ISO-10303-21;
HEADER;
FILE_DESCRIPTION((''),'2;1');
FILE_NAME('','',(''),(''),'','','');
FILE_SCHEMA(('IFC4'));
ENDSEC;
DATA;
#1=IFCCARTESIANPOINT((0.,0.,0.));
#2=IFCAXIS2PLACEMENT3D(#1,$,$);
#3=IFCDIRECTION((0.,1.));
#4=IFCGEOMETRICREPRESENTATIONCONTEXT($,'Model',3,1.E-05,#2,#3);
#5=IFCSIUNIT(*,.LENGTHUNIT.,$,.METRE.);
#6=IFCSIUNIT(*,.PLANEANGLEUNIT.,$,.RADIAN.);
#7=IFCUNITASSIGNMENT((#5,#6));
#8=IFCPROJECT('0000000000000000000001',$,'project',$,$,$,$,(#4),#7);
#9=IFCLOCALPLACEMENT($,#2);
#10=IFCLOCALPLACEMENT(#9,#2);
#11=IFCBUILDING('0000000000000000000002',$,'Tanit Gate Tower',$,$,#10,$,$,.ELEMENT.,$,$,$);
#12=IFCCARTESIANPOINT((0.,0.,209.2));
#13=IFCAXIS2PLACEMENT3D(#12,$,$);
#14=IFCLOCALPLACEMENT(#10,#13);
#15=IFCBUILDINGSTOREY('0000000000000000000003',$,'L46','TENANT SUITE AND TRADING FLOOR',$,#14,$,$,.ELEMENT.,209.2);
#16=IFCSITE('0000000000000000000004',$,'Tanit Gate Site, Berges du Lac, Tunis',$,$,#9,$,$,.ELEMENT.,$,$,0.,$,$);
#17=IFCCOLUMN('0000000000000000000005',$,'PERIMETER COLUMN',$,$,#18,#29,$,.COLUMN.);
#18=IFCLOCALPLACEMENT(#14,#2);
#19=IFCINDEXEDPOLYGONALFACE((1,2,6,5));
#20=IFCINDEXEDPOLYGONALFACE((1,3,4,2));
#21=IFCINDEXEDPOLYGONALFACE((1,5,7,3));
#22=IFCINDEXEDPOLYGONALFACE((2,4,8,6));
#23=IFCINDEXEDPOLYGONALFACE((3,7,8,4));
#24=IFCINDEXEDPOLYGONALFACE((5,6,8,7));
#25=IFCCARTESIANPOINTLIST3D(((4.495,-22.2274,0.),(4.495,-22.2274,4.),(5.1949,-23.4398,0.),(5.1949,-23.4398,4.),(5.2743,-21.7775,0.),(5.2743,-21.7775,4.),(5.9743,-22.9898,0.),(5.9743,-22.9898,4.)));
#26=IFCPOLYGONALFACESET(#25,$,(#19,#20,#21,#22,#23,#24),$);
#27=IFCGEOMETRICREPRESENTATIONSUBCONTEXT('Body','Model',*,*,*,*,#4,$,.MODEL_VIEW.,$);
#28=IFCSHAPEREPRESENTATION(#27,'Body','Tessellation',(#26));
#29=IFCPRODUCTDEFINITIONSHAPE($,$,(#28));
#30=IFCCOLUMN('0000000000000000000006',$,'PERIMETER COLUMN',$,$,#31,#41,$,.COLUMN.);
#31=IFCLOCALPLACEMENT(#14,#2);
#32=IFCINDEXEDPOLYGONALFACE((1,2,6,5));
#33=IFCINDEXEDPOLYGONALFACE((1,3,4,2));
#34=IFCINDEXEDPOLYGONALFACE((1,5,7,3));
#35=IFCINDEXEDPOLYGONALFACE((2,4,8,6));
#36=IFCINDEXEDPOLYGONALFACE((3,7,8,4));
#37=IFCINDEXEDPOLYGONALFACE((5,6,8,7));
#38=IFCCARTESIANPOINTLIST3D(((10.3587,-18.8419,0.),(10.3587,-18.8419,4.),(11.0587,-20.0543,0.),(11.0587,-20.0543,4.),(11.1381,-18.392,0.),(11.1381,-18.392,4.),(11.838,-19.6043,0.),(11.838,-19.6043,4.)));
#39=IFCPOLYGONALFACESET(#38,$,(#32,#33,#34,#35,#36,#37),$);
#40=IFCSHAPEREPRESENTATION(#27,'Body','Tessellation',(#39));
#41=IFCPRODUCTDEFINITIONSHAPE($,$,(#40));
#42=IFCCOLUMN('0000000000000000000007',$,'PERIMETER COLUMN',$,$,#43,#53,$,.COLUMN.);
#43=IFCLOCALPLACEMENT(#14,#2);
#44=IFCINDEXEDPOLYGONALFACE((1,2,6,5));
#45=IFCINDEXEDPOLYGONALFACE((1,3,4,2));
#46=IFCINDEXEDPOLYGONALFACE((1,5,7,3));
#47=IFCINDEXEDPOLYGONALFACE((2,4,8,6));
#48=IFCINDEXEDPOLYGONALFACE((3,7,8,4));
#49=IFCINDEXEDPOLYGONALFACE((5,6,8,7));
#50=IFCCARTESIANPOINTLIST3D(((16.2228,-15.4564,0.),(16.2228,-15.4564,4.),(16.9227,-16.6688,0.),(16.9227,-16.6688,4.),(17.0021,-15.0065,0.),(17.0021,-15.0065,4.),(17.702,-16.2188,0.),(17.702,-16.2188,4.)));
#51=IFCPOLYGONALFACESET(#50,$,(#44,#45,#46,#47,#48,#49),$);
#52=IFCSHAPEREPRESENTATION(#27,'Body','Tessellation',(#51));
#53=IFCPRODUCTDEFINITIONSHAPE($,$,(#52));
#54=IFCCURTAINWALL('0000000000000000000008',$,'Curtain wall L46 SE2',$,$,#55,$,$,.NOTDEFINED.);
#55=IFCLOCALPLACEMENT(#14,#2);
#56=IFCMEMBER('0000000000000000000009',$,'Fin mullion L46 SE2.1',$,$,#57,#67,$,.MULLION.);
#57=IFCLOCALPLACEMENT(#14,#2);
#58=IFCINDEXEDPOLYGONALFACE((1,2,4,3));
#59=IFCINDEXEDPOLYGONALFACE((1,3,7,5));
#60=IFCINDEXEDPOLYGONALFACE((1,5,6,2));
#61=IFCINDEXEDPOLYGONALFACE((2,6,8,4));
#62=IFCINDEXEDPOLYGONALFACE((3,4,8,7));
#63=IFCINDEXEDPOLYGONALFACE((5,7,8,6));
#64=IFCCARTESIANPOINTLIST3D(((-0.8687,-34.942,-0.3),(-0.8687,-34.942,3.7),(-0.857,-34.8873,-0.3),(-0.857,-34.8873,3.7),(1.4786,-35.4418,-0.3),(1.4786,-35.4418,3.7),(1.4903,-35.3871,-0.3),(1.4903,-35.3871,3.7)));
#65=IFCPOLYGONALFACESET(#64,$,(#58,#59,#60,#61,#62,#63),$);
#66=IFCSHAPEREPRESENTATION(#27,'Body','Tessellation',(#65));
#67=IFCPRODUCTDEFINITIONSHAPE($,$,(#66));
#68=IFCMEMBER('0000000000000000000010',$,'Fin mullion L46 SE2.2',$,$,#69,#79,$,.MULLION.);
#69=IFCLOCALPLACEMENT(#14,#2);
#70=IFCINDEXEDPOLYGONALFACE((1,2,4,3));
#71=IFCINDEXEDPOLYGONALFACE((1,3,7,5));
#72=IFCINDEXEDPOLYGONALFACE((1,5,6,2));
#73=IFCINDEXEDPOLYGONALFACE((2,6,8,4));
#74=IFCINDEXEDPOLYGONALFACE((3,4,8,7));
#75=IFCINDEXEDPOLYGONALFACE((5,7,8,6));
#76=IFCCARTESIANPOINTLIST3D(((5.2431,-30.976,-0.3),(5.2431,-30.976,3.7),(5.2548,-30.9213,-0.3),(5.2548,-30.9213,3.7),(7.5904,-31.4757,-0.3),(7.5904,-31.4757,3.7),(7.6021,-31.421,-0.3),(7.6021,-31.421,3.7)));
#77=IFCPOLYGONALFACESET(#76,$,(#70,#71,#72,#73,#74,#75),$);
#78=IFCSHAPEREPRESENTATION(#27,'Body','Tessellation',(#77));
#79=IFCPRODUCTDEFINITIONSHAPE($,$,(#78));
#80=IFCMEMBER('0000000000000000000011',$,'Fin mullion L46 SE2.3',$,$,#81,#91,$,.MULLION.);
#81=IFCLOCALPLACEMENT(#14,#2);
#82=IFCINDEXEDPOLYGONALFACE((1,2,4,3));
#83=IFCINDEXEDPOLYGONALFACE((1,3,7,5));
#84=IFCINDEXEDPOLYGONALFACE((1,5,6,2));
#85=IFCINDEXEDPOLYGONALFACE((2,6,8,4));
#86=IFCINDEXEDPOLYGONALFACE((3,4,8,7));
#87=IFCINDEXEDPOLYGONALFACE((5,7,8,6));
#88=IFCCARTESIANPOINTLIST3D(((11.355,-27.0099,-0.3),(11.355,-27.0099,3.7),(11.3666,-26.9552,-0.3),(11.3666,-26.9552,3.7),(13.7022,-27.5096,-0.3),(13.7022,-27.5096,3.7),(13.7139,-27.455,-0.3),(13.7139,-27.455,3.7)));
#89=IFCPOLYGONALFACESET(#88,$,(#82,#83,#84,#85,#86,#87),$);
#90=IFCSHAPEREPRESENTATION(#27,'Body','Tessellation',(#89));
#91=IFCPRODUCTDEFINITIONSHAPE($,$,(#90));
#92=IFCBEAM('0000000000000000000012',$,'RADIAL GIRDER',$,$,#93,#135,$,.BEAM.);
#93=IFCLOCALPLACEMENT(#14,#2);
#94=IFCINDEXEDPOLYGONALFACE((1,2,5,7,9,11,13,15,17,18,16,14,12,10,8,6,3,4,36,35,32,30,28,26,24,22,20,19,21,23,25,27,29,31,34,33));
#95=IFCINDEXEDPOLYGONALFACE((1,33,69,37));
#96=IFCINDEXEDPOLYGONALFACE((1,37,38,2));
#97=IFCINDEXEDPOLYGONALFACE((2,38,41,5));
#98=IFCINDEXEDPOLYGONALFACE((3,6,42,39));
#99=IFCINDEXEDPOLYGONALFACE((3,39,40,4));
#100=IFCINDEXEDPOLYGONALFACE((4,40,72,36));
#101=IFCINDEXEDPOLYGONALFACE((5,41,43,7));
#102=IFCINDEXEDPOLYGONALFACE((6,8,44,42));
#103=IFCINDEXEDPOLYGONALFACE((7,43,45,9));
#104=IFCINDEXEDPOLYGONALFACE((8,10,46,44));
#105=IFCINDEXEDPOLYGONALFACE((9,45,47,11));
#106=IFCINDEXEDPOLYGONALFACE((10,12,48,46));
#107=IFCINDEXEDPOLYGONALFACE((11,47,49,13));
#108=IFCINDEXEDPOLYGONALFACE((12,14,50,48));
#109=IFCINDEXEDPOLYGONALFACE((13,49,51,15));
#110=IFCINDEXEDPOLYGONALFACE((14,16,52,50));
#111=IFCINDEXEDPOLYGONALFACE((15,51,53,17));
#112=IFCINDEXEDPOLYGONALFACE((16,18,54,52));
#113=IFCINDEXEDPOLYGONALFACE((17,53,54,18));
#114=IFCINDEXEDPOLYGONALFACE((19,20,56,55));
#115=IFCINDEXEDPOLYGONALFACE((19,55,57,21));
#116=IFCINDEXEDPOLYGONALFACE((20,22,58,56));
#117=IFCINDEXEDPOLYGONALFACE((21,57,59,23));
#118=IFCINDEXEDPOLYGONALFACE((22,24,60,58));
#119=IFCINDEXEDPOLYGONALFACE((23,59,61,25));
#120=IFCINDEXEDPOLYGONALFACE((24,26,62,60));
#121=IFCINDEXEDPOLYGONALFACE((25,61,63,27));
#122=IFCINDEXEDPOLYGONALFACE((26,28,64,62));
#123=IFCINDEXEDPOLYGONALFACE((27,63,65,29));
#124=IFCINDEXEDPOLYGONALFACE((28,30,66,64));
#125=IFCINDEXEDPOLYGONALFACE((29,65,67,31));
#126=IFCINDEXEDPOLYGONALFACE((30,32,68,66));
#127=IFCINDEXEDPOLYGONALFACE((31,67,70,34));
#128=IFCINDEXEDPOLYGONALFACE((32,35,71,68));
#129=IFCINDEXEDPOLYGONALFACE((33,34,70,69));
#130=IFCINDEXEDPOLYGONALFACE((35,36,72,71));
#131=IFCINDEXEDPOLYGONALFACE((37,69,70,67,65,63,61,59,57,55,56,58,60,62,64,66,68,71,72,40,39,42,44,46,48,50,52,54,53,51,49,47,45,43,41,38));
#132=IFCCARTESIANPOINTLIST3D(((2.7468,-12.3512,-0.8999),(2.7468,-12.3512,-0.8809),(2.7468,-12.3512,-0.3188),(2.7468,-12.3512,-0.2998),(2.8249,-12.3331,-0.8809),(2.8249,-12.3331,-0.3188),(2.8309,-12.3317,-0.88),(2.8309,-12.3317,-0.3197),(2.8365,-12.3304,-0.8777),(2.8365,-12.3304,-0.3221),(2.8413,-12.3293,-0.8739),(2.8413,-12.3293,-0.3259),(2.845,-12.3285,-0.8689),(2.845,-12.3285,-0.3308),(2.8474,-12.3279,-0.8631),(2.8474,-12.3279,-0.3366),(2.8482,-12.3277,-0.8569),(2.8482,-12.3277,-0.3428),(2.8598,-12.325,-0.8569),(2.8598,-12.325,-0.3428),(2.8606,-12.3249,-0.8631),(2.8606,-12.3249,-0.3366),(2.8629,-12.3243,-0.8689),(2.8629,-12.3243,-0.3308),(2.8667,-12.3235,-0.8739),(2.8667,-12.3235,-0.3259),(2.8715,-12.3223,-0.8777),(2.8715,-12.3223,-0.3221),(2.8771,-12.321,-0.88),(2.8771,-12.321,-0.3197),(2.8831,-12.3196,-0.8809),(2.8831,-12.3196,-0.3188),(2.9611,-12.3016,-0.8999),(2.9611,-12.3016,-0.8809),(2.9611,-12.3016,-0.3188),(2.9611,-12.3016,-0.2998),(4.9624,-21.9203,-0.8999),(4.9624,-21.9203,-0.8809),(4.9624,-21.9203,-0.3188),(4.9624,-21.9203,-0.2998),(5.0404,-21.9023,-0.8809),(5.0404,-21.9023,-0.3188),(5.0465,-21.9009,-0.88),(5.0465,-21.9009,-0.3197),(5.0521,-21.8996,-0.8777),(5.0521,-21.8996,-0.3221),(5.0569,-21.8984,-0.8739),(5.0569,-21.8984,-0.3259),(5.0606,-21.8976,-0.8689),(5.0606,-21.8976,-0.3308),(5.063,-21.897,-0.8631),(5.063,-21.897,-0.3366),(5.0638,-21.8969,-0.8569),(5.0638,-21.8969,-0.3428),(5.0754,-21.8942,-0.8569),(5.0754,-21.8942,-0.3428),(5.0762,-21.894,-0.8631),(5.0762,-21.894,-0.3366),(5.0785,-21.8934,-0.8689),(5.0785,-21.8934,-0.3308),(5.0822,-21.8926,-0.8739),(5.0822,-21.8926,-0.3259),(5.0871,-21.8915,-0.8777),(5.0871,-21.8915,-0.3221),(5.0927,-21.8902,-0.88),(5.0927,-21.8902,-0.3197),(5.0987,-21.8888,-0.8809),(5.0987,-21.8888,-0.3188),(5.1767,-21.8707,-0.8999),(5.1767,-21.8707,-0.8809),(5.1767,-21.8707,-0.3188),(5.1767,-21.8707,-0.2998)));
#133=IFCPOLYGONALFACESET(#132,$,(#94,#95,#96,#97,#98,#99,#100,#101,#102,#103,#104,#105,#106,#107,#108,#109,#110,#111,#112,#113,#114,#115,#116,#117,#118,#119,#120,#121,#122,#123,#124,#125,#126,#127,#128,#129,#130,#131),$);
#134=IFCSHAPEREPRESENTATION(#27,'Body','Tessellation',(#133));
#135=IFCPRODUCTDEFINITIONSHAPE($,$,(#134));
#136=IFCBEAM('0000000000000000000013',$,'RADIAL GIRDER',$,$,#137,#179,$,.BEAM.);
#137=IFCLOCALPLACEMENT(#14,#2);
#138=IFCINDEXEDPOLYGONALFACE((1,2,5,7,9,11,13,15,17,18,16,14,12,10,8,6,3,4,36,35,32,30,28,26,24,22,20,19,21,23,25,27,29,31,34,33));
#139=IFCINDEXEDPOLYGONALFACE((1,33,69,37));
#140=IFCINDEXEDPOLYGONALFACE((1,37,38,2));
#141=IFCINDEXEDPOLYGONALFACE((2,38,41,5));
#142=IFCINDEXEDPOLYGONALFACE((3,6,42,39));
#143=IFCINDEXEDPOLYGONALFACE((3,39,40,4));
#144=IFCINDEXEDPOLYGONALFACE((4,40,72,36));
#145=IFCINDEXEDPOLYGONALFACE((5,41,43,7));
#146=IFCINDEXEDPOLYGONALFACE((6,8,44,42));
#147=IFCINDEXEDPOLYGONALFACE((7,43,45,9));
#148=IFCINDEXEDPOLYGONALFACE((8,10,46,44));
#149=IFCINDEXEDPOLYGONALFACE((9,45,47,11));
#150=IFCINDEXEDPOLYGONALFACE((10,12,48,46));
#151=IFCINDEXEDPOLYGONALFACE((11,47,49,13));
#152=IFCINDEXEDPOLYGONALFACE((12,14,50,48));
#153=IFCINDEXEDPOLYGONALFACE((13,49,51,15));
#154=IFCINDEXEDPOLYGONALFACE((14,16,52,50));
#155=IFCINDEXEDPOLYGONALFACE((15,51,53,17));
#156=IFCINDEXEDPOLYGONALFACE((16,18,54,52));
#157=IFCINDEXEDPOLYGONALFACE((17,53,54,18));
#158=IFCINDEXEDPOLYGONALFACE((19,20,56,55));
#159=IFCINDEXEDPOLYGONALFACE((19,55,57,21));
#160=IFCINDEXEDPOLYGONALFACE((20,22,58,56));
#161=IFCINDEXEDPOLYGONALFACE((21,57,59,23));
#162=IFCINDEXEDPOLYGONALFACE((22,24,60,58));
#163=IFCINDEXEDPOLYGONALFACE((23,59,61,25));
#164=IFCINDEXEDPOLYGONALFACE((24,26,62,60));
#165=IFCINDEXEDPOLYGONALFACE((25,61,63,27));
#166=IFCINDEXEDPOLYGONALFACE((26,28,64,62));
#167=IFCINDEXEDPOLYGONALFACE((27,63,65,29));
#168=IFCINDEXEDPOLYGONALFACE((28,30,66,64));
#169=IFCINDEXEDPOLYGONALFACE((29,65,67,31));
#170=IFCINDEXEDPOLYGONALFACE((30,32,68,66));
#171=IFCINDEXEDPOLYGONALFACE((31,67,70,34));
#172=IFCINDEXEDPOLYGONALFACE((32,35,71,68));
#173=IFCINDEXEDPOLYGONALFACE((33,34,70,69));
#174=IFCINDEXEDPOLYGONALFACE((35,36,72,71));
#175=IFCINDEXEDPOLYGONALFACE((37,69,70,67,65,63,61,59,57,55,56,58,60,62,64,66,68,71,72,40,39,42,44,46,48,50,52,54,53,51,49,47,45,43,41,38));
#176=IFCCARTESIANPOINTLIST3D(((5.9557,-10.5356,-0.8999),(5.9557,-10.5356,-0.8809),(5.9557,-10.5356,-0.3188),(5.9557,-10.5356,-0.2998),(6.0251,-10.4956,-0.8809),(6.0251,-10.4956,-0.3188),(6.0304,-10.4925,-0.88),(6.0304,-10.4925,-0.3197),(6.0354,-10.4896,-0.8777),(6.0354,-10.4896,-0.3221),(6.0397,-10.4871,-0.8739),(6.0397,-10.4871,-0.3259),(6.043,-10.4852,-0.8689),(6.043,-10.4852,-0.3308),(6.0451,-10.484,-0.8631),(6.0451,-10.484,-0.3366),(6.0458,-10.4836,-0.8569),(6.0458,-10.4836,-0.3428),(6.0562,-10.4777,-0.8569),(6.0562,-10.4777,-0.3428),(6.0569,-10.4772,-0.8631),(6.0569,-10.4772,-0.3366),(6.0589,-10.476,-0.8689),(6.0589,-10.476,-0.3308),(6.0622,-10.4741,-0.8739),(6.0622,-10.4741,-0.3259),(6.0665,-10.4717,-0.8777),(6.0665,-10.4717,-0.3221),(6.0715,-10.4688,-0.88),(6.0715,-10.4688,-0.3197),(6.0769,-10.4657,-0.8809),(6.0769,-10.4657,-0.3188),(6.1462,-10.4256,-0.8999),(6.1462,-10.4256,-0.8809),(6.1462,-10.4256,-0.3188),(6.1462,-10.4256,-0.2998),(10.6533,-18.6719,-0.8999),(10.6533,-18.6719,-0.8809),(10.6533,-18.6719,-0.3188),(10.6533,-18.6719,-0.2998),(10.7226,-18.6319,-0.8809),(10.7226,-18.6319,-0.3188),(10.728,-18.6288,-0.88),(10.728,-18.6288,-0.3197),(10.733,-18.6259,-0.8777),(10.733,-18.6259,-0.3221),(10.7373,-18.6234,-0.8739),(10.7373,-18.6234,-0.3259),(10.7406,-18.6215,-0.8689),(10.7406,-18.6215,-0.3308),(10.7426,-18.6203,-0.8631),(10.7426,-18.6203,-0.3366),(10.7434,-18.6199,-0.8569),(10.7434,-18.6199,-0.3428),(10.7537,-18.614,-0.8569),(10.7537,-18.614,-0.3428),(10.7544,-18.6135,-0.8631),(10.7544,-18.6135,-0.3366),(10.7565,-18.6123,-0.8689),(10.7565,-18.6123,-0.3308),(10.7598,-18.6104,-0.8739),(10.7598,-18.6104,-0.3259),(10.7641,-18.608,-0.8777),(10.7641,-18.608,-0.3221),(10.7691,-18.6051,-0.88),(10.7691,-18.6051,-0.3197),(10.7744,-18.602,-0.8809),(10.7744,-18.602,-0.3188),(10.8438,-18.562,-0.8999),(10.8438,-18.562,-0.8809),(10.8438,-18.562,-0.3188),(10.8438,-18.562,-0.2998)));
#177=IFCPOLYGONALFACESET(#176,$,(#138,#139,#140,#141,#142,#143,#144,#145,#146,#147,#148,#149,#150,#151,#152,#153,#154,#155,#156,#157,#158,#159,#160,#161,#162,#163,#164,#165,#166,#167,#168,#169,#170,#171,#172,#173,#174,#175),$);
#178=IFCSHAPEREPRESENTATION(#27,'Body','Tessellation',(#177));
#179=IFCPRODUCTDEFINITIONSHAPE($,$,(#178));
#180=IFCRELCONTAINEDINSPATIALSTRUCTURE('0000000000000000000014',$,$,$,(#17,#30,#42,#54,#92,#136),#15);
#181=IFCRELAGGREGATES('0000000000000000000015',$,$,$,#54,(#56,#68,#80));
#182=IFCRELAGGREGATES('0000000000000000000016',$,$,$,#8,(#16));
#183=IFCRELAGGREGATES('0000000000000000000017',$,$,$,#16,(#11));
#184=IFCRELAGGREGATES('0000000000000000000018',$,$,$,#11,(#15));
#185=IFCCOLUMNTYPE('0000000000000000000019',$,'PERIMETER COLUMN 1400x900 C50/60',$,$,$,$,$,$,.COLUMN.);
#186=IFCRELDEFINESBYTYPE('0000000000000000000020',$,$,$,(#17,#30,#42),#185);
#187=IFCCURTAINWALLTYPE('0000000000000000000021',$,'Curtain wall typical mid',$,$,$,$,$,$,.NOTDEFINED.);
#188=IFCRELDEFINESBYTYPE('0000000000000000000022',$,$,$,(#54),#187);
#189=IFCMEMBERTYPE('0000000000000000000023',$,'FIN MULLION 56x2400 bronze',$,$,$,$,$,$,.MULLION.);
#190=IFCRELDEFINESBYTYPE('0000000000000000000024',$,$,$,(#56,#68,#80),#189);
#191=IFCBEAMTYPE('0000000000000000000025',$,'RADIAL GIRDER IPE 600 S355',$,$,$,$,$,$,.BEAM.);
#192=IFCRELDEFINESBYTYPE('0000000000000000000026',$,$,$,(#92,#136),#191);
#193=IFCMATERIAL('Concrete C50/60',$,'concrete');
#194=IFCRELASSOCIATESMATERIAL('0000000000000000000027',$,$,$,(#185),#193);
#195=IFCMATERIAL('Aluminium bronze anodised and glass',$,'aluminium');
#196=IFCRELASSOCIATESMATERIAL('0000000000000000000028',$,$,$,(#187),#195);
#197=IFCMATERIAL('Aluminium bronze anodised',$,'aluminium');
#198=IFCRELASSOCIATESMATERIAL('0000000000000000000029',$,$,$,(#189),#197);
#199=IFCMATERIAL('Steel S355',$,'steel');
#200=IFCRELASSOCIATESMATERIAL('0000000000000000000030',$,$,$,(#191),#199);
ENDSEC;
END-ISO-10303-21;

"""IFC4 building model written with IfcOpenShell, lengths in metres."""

from ifc_helpers import new_model, si_unit, direction, frame, origin, origin_2d, place, context, subcontext, project, spatial, rectangle, i_section, extrude, material, material_profile, profile_set, type_object, element, aggregate, save


model = new_model("IFC4")

# Units and contexts
model_context = context("Model", 3, precision=1e-05, world=origin(), true_north=direction((0.0, 1.0)))
body_context = subcontext(model_context, "Body", "Model", "MODEL_VIEW")
ifc_project = project(units=[si_unit("LENGTHUNIT", "METRE"), si_unit("PLANEANGLEUNIT", "RADIAN")], contexts=[model_context])

# Site, building, storey
site_placement = place(None, origin())
site = spatial("IfcSite", under=ifc_project, at=site_placement, Name="Tanit Gate Site, Berges du Lac, Tunis", CompositionType="ELEMENT", RefElevation=0.0)
building_placement = place(site_placement, origin())
building = spatial("IfcBuilding", under=site, at=building_placement, Name="Tanit Gate Tower", CompositionType="ELEMENT")
storey_placement = place(building_placement, frame((0.0, 0.0, 209.2)))
storey = spatial("IfcBuildingStorey", under=building, at=storey_placement, Name="L46", Description="TENANT SUITE AND TRADING FLOOR", CompositionType="ELEMENT", Elevation=209.2)

# Columns
ifc_material_1 = material(Name="Concrete C50/60", Category="concrete")
ifc_material_profile_1 = material_profile(ifc_material_1, rectangle(XDim=1.3999, YDim=0.8999, at=origin_2d()), Name="RC 1400x900")
ifc_profile_set_1 = profile_set([ifc_material_profile_1], Name="Concrete C50/60")
column_type = type_object("IfcColumnType", Name="PERIMETER COLUMN 1400x900 C50/60", PredefinedType="COLUMN", material=ifc_profile_set_1)
for number, where, z_axis, x_axis, name in (
    (1, (5.2346, -22.6086, 0.0), (0.0, 0.0, 1.0), (0.5, -0.866025, 0.0), "PERIMETER COLUMN"),
    (2, (11.0984, -19.2231, 0.0), (0.0, 0.0, 1.0), (0.5, -0.866025, 0.0), "PERIMETER COLUMN"),
    (3, (16.9624, -15.8376, 0.0), (0.0, 0.0, 1.0), (0.5, -0.866025, 0.0), "PERIMETER COLUMN"),
):
    element("IfcColumn", number, at=place(storey_placement, frame(where, z_axis=z_axis, x_axis=x_axis)), inside=storey, type_object=column_type, Name=name, PredefinedType="COLUMN", context=body_context, shape_type="SweptSolid", body=[
        extrude(rectangle(XDim=1.3999, YDim=0.8999, at=origin_2d()), origin(), (0.0, 0.0, 1.0), 4.0),
    ])

# Curtain wall, members
ifc_material_2 = material(Name="Aluminium bronze anodised and glass", Category="aluminium")
curtain_wall_type = type_object("IfcCurtainWallType", Name="Curtain wall typical mid", PredefinedType="NOTDEFINED", material=ifc_material_2)
curtain_wall_placement = place(storey_placement, origin())
curtain_wall = element("IfcCurtainWall", 4, at=curtain_wall_placement, inside=storey, type_object=curtain_wall_type, Name="Curtain wall L46 SE2", PredefinedType="NOTDEFINED")
ifc_material_3 = material(Name="Aluminium bronze anodised", Category="aluminium")
ifc_material_profile_2 = material_profile(ifc_material_3, rectangle(XDim=2.3999, YDim=0.0559, at=origin_2d()), Name="56x2400 bronze fin mullion")
ifc_profile_set_2 = profile_set([ifc_material_profile_2], Name="Aluminium bronze anodised")
member_type_1 = type_object("IfcMemberType", Name="FIN MULLION 56x2400 bronze", PredefinedType="MULLION", material=ifc_profile_set_2)
member_1_placement = place(storey_placement, frame((0.3108, -35.1646, -0.3), z_axis=(0.0, 0.0, 1.0), x_axis=(-0.978078, 0.208238, 0.0)))
member_1 = element("IfcMember", 5, at=member_1_placement, type_object=member_type_1, Name="Fin mullion L46 SE2.1", PredefinedType="MULLION", context=body_context, shape_type="SweptSolid", body=[
    extrude(rectangle(XDim=2.3999, YDim=0.0559, at=origin_2d()), origin(), (0.0, 0.0, 1.0), 4.0),
])
member_2_placement = place(storey_placement, frame((6.4226, -31.1985, -0.3), z_axis=(0.0, 0.0, 1.0), x_axis=(-0.978078, 0.208238, 0.0)))
member_2 = element("IfcMember", 6, at=member_2_placement, type_object=member_type_1, Name="Fin mullion L46 SE2.2", PredefinedType="MULLION", context=body_context, shape_type="SweptSolid", body=[
    extrude(rectangle(XDim=2.3999, YDim=0.0559, at=origin_2d()), origin(), (0.0, 0.0, 1.0), 4.0),
])
member_3_placement = place(storey_placement, frame((12.5344, -27.2324, -0.3), z_axis=(0.0, 0.0, 1.0), x_axis=(-0.978078, 0.208238, 0.0)))
member_3 = element("IfcMember", 7, at=member_3_placement, type_object=member_type_1, Name="Fin mullion L46 SE2.3", PredefinedType="MULLION", context=body_context, shape_type="SweptSolid", body=[
    extrude(rectangle(XDim=2.3999, YDim=0.0559, at=origin_2d()), origin(), (0.0, 0.0, 1.0), 4.0),
])

# Beams
ifc_material_4 = material(Name="Steel S355", Category="steel")
ifc_material_profile_3 = material_profile(ifc_material_4, i_section(OverallWidth=0.22, OverallDepth=0.6001, WebThickness=0.012, FlangeThickness=0.019, FilletRadius=0.0239, at=origin_2d()), Name="IPE 600")
ifc_profile_set_3 = profile_set([ifc_material_profile_3], Name="Steel S355")
beam_type = type_object("IfcBeamType", Name="RADIAL GIRDER IPE 600 S355", PredefinedType="BEAM", material=ifc_profile_set_3)
beam_1_placement = place(storey_placement, frame((5.0696, -21.8955, -0.5999), z_axis=(-0.225567, 0.974228, 0.0), x_axis=(-0.974228, -0.225567, 0.0)))
element("IfcBeam", 8, at=beam_1_placement, inside=storey, type_object=beam_type, Name="RADIAL GIRDER", PredefinedType="BEAM", context=body_context, shape_type="SweptSolid", body=[
    extrude(i_section(OverallWidth=0.22, OverallDepth=0.6001, WebThickness=0.012, FlangeThickness=0.019, FilletRadius=0.0239, at=origin_2d()), origin(), (0.0, 0.0, 1.0), 9.8223),
])
beam_2_placement = place(storey_placement, frame((10.7485, -18.6169, -0.5999), z_axis=(-0.500004, 0.866023, 0.0), x_axis=(-0.866023, -0.500004, 0.0)))
element("IfcBeam", 9, at=beam_2_placement, inside=storey, type_object=beam_type, Name="RADIAL GIRDER", PredefinedType="BEAM", context=body_context, shape_type="SweptSolid", body=[
    extrude(i_section(OverallWidth=0.22, OverallDepth=0.6001, WebThickness=0.012, FlangeThickness=0.019, FilletRadius=0.0239, at=origin_2d()), origin(), (0.0, 0.0, 1.0), 9.395),
])

aggregate(curtain_wall, [member_1, member_2, member_3])

save(model, "model.ifc")
